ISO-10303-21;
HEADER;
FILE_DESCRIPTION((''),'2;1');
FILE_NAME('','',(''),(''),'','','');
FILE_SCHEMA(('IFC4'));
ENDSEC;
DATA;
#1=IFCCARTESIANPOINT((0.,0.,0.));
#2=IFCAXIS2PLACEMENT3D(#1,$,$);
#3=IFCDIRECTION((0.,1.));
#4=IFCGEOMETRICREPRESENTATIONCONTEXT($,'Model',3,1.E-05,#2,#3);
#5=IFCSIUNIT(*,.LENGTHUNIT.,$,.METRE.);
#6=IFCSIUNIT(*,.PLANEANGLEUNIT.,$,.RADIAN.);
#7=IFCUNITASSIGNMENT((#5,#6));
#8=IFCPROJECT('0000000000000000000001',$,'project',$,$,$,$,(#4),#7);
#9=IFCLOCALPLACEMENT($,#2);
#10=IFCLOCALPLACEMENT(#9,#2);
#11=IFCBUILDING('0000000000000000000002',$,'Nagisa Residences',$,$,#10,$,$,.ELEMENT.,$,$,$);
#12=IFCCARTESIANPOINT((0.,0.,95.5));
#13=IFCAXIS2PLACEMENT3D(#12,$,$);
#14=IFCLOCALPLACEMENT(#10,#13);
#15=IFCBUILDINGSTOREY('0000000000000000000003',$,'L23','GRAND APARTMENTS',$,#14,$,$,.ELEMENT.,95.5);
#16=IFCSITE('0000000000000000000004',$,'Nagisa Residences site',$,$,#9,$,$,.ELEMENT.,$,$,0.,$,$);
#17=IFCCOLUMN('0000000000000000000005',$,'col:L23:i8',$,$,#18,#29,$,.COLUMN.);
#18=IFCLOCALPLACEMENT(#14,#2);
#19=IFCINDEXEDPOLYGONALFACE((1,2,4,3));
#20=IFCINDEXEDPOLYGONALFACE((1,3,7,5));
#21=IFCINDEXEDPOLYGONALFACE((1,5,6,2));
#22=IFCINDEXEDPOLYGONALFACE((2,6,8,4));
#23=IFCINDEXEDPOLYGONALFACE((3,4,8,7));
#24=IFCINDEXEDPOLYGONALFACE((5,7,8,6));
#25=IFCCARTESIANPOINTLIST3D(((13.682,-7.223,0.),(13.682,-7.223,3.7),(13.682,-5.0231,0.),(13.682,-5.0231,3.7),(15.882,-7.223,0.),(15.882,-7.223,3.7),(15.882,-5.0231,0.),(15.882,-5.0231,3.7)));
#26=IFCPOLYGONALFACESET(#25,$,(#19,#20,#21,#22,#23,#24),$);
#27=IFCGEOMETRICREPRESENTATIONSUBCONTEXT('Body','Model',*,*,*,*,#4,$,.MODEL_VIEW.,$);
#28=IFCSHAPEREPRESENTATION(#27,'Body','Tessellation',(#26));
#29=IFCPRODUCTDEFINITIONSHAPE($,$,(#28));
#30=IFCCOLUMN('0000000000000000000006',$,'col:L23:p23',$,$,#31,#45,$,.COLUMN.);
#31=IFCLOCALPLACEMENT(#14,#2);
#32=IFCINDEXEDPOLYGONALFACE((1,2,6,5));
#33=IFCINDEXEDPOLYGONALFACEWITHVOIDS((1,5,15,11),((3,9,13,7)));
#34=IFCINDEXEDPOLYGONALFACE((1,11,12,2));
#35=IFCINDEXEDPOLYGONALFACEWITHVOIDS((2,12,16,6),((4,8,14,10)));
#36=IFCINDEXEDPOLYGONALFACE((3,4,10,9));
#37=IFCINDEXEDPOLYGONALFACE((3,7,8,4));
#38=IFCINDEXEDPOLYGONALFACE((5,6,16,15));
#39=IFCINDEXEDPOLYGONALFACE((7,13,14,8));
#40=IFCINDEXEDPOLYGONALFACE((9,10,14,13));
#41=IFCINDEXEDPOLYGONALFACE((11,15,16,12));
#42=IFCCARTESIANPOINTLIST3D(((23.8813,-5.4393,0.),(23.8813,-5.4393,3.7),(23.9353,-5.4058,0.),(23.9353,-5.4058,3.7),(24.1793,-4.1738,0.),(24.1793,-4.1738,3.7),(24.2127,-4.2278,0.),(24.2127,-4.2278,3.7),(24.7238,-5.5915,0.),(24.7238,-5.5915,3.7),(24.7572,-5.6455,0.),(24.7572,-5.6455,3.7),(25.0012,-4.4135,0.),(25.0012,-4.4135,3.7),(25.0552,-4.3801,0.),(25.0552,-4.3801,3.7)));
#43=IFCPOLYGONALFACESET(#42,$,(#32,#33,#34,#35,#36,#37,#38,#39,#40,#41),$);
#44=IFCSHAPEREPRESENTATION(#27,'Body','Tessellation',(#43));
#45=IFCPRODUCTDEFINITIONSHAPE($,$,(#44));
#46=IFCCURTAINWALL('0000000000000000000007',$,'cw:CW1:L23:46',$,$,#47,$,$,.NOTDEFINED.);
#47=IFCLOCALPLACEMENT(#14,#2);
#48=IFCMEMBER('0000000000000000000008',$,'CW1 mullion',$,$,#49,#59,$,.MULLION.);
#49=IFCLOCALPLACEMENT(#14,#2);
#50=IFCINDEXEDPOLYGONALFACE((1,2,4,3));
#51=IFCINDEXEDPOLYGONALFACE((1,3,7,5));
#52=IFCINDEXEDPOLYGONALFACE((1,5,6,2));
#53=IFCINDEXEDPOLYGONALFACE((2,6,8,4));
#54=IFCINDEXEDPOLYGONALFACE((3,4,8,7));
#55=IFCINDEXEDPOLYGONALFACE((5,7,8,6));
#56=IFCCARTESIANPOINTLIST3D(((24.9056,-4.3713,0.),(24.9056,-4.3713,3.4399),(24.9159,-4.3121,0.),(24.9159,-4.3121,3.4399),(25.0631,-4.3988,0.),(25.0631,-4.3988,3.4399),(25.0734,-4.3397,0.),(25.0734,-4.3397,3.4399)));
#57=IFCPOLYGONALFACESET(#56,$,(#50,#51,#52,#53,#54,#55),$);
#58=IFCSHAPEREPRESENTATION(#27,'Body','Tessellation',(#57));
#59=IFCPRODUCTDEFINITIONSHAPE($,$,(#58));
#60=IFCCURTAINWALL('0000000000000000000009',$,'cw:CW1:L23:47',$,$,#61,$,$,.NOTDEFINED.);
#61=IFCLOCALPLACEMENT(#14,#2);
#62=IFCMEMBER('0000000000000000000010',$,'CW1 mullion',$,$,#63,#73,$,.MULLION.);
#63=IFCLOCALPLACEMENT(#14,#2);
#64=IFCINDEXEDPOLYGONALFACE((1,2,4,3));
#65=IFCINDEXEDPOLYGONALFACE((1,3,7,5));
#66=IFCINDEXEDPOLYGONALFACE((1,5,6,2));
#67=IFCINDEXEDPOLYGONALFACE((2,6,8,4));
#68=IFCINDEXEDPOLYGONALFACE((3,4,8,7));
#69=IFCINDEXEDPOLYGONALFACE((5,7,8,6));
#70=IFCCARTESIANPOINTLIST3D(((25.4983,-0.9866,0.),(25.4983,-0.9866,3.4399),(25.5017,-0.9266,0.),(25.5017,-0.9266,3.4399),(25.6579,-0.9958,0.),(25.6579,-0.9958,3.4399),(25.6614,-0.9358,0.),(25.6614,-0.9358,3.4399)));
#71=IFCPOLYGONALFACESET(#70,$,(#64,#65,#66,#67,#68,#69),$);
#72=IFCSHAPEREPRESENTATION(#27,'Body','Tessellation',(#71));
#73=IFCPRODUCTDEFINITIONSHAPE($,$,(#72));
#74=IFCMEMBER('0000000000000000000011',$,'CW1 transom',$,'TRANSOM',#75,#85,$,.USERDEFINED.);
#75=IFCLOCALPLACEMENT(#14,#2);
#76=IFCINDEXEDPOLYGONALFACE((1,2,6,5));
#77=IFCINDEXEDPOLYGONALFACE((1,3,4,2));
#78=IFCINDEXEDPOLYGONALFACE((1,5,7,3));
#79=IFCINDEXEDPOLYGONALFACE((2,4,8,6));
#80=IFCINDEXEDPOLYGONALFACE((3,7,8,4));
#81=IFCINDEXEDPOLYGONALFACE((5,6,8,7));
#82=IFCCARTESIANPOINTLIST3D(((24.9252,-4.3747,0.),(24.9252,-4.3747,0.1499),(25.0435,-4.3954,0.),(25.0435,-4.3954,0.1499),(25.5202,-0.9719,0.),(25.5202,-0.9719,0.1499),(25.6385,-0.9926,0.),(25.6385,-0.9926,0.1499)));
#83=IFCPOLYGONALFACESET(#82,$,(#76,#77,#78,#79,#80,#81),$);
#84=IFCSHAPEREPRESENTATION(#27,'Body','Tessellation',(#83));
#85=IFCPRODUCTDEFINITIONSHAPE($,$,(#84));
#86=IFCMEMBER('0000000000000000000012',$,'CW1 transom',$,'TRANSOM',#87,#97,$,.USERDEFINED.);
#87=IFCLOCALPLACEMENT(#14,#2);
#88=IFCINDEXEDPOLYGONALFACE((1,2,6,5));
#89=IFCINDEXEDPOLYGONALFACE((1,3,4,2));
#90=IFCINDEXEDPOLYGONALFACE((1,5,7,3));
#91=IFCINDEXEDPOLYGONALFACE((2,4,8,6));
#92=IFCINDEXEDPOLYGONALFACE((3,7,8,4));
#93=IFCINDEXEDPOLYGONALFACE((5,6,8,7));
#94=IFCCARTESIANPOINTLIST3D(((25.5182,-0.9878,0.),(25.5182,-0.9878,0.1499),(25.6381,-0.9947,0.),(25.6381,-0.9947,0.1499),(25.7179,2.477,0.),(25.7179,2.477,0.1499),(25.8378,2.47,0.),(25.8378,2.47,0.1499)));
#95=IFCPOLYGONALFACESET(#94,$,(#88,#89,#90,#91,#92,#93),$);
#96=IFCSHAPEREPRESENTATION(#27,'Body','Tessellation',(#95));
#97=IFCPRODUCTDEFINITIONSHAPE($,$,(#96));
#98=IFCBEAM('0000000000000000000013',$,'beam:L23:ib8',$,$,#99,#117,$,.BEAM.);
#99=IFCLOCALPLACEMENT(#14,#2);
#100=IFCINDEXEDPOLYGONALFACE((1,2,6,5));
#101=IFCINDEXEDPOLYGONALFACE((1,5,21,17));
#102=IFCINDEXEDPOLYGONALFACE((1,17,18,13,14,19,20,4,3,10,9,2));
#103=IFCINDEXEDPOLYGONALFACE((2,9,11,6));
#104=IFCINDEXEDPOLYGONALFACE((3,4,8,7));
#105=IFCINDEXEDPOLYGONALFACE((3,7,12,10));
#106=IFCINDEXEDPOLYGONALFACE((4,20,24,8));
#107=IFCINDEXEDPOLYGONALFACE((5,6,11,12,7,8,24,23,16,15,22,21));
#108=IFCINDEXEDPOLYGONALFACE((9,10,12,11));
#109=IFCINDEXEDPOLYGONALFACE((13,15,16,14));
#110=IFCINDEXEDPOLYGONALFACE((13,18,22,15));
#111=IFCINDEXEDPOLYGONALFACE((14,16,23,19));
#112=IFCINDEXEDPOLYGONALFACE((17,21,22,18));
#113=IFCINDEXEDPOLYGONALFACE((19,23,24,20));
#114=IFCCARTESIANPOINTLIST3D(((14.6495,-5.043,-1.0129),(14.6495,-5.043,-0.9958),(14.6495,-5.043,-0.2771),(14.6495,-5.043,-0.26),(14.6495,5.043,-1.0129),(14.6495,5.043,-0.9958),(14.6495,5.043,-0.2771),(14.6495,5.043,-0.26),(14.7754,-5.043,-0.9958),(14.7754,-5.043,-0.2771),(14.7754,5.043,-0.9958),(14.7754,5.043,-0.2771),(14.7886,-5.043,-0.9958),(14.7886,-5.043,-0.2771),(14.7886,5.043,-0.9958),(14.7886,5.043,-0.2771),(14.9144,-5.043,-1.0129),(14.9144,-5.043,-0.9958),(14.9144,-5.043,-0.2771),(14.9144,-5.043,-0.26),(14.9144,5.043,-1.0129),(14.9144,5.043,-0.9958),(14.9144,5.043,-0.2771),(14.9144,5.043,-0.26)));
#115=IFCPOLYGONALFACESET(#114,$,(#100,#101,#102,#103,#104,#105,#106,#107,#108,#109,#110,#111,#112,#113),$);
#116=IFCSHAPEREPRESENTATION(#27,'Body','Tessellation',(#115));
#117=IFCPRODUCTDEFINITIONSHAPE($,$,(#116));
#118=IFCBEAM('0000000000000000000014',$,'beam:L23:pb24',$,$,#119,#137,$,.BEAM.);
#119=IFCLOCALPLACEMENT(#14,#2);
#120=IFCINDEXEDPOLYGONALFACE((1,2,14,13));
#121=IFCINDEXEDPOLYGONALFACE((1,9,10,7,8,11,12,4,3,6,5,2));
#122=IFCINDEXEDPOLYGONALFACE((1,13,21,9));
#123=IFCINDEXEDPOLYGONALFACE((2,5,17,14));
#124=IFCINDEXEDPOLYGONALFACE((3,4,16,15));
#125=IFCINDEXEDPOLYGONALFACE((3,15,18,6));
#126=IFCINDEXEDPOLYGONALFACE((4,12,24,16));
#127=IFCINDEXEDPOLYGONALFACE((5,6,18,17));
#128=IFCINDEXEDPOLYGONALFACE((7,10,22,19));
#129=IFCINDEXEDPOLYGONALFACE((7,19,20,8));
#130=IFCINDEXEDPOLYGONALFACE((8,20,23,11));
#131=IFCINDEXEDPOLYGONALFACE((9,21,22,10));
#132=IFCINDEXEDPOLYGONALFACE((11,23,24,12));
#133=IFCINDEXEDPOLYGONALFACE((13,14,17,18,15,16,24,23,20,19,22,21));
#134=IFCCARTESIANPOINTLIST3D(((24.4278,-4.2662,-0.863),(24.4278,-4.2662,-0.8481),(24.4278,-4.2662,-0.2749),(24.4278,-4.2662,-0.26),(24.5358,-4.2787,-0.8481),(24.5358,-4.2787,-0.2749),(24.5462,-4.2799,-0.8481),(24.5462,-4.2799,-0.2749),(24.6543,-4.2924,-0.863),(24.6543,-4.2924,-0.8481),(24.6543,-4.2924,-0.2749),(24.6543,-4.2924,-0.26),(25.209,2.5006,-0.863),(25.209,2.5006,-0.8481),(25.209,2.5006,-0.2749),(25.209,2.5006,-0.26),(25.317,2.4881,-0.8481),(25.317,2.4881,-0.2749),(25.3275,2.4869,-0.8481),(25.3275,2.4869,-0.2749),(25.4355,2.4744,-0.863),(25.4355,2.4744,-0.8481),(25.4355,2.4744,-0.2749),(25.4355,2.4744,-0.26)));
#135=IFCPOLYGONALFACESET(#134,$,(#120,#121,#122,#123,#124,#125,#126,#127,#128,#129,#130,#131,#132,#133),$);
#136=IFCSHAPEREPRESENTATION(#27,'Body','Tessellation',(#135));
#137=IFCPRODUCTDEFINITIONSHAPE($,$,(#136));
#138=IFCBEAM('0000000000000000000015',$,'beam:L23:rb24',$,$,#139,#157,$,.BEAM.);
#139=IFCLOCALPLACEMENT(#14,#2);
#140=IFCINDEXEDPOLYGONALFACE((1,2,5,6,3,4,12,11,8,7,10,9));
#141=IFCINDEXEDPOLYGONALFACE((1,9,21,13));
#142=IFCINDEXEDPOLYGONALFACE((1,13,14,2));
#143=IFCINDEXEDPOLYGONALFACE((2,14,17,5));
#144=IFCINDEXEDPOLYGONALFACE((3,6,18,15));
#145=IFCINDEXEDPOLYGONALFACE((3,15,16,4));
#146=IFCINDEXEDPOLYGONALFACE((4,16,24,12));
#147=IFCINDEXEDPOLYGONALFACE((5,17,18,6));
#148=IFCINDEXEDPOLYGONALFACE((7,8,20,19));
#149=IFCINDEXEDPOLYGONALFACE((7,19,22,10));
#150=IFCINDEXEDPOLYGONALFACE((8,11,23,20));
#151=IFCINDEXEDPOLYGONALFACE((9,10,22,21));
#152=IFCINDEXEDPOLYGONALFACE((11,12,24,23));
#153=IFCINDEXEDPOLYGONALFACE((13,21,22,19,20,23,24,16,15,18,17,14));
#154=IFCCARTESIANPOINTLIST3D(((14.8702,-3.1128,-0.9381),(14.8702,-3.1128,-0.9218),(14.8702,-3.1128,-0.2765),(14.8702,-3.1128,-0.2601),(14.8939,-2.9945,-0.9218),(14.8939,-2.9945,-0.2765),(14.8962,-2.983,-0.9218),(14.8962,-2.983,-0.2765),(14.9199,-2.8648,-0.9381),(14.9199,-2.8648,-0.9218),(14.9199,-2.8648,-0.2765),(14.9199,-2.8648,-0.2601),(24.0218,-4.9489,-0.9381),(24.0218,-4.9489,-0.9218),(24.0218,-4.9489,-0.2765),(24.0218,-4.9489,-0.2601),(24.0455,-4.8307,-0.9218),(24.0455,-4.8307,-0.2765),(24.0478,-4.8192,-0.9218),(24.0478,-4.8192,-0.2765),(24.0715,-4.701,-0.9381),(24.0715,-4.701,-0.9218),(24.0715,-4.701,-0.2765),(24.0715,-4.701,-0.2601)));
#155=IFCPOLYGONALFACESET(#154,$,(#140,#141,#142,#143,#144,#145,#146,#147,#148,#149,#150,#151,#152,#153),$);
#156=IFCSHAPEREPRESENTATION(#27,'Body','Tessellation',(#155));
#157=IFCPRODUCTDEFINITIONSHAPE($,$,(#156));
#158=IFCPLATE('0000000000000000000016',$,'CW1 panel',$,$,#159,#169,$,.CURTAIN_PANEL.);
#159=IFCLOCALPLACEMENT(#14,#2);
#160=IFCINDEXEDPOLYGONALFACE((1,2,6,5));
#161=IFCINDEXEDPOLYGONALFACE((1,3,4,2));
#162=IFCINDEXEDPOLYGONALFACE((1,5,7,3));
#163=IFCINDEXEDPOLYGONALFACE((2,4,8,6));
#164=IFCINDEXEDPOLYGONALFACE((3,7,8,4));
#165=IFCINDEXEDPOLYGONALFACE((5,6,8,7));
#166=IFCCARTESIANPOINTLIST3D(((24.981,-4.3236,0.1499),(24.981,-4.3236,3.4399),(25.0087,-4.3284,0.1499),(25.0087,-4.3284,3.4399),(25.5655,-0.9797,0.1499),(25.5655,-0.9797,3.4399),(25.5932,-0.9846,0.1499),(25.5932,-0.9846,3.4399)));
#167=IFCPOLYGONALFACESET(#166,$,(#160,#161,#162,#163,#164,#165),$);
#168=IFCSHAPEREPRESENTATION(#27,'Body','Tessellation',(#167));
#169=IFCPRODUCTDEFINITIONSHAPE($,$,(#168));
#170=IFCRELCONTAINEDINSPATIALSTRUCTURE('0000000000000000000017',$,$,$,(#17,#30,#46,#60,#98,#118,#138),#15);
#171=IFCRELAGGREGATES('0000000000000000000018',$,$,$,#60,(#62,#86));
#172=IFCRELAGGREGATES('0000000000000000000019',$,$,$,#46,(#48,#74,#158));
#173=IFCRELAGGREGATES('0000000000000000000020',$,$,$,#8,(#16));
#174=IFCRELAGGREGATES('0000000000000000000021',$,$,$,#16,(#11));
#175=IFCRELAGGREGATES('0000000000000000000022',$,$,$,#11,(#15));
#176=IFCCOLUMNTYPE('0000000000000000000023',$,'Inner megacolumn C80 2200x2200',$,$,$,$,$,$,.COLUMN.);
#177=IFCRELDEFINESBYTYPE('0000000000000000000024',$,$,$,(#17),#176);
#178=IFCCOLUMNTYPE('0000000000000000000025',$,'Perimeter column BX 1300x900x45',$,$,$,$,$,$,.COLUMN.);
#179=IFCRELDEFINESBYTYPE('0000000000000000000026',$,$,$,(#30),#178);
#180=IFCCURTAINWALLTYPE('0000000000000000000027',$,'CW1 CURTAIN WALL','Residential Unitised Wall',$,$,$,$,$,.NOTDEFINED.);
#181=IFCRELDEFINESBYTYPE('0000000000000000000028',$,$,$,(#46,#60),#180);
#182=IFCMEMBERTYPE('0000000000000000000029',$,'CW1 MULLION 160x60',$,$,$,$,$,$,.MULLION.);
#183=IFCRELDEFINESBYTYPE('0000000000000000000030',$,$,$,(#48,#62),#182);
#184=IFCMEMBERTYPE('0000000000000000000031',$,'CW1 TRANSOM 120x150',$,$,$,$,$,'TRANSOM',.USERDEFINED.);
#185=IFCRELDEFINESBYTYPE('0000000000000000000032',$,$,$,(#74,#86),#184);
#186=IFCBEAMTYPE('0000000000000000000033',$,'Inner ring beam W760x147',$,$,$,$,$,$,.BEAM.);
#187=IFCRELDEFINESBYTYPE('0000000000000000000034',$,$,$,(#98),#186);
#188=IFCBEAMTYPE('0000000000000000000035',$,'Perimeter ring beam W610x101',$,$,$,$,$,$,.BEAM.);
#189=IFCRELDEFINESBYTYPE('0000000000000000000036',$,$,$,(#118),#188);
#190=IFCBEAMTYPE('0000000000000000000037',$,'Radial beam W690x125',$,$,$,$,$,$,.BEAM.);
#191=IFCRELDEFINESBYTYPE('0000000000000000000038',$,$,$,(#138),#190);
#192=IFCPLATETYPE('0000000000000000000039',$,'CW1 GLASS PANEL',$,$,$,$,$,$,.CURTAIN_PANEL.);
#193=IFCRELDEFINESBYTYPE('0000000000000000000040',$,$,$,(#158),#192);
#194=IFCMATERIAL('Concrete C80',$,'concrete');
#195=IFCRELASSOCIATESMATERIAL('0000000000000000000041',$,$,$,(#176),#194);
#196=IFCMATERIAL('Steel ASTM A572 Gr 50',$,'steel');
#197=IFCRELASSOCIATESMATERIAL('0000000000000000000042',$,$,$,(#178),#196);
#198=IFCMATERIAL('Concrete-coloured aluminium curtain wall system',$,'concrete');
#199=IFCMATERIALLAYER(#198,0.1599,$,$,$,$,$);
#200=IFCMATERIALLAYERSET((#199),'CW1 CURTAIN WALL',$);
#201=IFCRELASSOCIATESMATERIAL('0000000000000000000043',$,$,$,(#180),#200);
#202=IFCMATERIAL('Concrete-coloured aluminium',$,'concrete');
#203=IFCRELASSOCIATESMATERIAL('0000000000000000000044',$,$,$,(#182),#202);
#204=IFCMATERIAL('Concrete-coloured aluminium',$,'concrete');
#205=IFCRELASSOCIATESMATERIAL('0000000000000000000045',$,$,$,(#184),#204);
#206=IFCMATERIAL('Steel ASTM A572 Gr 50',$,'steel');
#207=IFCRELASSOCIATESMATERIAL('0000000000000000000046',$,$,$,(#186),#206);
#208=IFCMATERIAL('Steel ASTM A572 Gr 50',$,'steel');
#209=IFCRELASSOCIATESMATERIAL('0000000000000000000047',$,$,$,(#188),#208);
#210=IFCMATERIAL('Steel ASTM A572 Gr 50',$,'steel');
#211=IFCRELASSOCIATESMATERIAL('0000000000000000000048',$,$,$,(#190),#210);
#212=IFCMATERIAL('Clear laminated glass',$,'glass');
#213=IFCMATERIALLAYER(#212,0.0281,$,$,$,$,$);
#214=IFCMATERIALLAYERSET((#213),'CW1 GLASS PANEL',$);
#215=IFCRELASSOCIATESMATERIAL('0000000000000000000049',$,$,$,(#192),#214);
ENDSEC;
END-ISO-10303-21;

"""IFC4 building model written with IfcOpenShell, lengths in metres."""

from ifc_helpers import new_model, si_unit, direction, frame, origin, origin_2d, place, context, subcontext, project, spatial, rectangle, hollow_rectangle, i_section, extrude, material, layer, layer_set, material_profile, profile_set, type_object, element, aggregate, save


model = new_model("IFC4")

# Units and contexts
model_context = context("Model", 3, precision=1e-05, world=origin(), true_north=direction((0.0, 1.0)))
body_context = subcontext(model_context, "Body", "Model", "MODEL_VIEW")
ifc_project = project(units=[si_unit("LENGTHUNIT", "METRE"), si_unit("PLANEANGLEUNIT", "RADIAN")], contexts=[model_context])

# Site, building, storey
site_placement = place(None, origin())
site = spatial("IfcSite", under=ifc_project, at=site_placement, Name="Nagisa Residences site", CompositionType="ELEMENT", RefElevation=0.0)
building_placement = place(site_placement, origin())
building = spatial("IfcBuilding", under=site, at=building_placement, Name="Nagisa Residences", CompositionType="ELEMENT")
storey_placement = place(building_placement, frame((0.0, 0.0, 95.5)))
storey = spatial("IfcBuildingStorey", under=building, at=storey_placement, Name="L23", Description="GRAND APARTMENTS", CompositionType="ELEMENT", Elevation=95.5)

# Columns
ifc_material_1 = material(Name="Concrete C80", Category="concrete")
ifc_material_profile_1 = material_profile(ifc_material_1, rectangle(XDim=2.2, YDim=2.2, at=origin_2d()), Name="C80 2200x2200")
ifc_profile_set_1 = profile_set([ifc_material_profile_1], Name="Concrete C80")
column_type_1 = type_object("IfcColumnType", Name="Inner megacolumn C80 2200x2200", PredefinedType="COLUMN", material=ifc_profile_set_1)
column_1_placement = place(storey_placement, frame((14.782, -6.123, 0.0), z_axis=(0.0, 0.0, 1.0), x_axis=(1.0, 0.0, 0.0)))
element("IfcColumn", 1, at=column_1_placement, inside=storey, type_object=column_type_1, Name="col:L23:i8", PredefinedType="COLUMN", context=body_context, shape_type="SweptSolid", body=[
    extrude(rectangle(XDim=2.2, YDim=2.2, at=origin_2d()), origin(), (0.0, 0.0, 1.0), 3.7),
])
ifc_material_2 = material(Name="Steel ASTM A572 Gr 50", Category="steel")
ifc_material_profile_2 = material_profile(ifc_material_2, hollow_rectangle(XDim=1.3, YDim=0.8999, WallThickness=0.0449, at=origin_2d()), Name="BX 1300x900x45")
ifc_profile_set_2 = profile_set([ifc_material_profile_2], Name="Steel ASTM A572 Gr 50")
column_type_2 = type_object("IfcColumnType", Name="Perimeter column BX 1300x900x45", PredefinedType="COLUMN", material=ifc_profile_set_2)
column_2_placement = place(storey_placement, frame((24.4683, -4.9097, 0.0), z_axis=(0.0, 0.0, 1.0), x_axis=(0.229202, 0.973379, 0.0)))
element("IfcColumn", 2, at=column_2_placement, inside=storey, type_object=column_type_2, Name="col:L23:p23", PredefinedType="COLUMN", context=body_context, shape_type="SweptSolid", body=[
    extrude(hollow_rectangle(XDim=1.3, YDim=0.8999, WallThickness=0.0449, at=origin_2d()), origin(), (0.0, 0.0, 1.0), 3.7),
])

# Curtain walls, members
ifc_material_3 = material(Name="Concrete-coloured aluminium curtain wall system", Category="concrete")
ifc_layer_1 = layer(ifc_material_3, 0.1599)
ifc_layer_set_1 = layer_set([ifc_layer_1], Name="CW1 CURTAIN WALL")
curtain_wall_type = type_object("IfcCurtainWallType", Name="CW1 CURTAIN WALL", Description="Residential Unitised Wall", PredefinedType="NOTDEFINED", material=ifc_layer_set_1)
curtain_wall_1_placement = place(storey_placement, origin())
curtain_wall_1 = element("IfcCurtainWall", 3, at=curtain_wall_1_placement, inside=storey, type_object=curtain_wall_type, Name="cw:CW1:L23:46", PredefinedType="NOTDEFINED")
ifc_material_4 = material(Name="Concrete-coloured aluminium", Category="concrete")
ifc_material_profile_3 = material_profile(ifc_material_4, rectangle(XDim=0.1599, YDim=0.0601, at=origin_2d()), Name="CW1 MULLION 160x60")
ifc_profile_set_3 = profile_set([ifc_material_profile_3], Name="Concrete-coloured aluminium")
member_type_1 = type_object("IfcMemberType", Name="CW1 MULLION 160x60", PredefinedType="MULLION", material=ifc_profile_set_3)
member_1_placement = place(storey_placement, frame((24.9895, -4.3555, 0.0), z_axis=(0.0, 0.0, 1.0), x_axis=(-0.985064, 0.172191, 0.0)))
member_1 = element("IfcMember", 4, at=member_1_placement, type_object=member_type_1, Name="CW1 mullion", PredefinedType="MULLION", context=body_context, shape_type="SweptSolid", body=[
    extrude(rectangle(XDim=0.1599, YDim=0.0601, at=origin_2d()), origin(), (0.0, 0.0, 1.0), 3.4399),
])
curtain_wall_2_placement = place(storey_placement, origin())
curtain_wall_2 = element("IfcCurtainWall", 5, at=curtain_wall_2_placement, inside=storey, type_object=curtain_wall_type, Name="cw:CW1:L23:47", PredefinedType="NOTDEFINED")
member_2_placement = place(storey_placement, frame((25.5798, -0.9612, 0.0), z_axis=(0.0, 0.0, 1.0), x_axis=(-0.998345, 0.057503, 0.0)))
member_2 = element("IfcMember", 6, at=member_2_placement, type_object=member_type_1, Name="CW1 mullion", PredefinedType="MULLION", context=body_context, shape_type="SweptSolid", body=[
    extrude(rectangle(XDim=0.1599, YDim=0.0601, at=origin_2d()), origin(), (0.0, 0.0, 1.0), 3.4399),
])

# Members
ifc_material_5 = material(Name="Concrete-coloured aluminium", Category="concrete")
ifc_material_profile_4 = material_profile(ifc_material_5, rectangle(XDim=0.1201, YDim=0.1499, at=origin_2d()), Name="CW1 TRANSOM 120x150")
ifc_profile_set_4 = profile_set([ifc_material_profile_4], Name="Concrete-coloured aluminium")
member_type_2 = type_object("IfcMemberType", Name="CW1 TRANSOM 120x150", ElementType="TRANSOM", PredefinedType="USERDEFINED", material=ifc_profile_set_4)
member_3_placement = place(storey_placement, frame((24.9844, -4.385, 0.075), z_axis=(0.172233, 0.985056, 0.0), x_axis=(-0.985056, 0.172233, 0.0)))
member_3 = element("IfcMember", 7, at=member_3_placement, type_object=member_type_2, Name="CW1 transom", ObjectType="TRANSOM", PredefinedType="USERDEFINED", context=body_context, shape_type="SweptSolid", body=[
    extrude(rectangle(XDim=0.1201, YDim=0.1499, at=origin_2d()), origin(), (0.0, 0.0, 1.0), 3.4543),
])
member_4_placement = place(storey_placement, frame((25.5781, -0.9912, 0.075), z_axis=(0.057547, 0.998343, 0.0), x_axis=(-0.998343, 0.057547, 0.0)))
member_4 = element("IfcMember", 8, at=member_4_placement, type_object=member_type_2, Name="CW1 transom", ObjectType="TRANSOM", PredefinedType="USERDEFINED", context=body_context, shape_type="SweptSolid", body=[
    extrude(rectangle(XDim=0.1201, YDim=0.1499, at=origin_2d()), origin(), (0.0, 0.0, 1.0), 3.4705),
])
aggregate(curtain_wall_2, [member_2, member_4])

# Beams
ifc_material_6 = material(Name="Steel ASTM A572 Gr 50", Category="steel")
ifc_material_profile_5 = material_profile(ifc_material_6, i_section(OverallWidth=0.2649, OverallDepth=0.7529, WebThickness=0.0132, FlangeThickness=0.0171, at=origin_2d()), Name="W760x147")
ifc_profile_set_5 = profile_set([ifc_material_profile_5], Name="Steel ASTM A572 Gr 50")
beam_type_1 = type_object("IfcBeamType", Name="Inner ring beam W760x147", PredefinedType="BEAM", material=ifc_profile_set_5)
beam_1_placement = place(storey_placement, frame((14.782, -5.043, -0.6365), z_axis=(0.0, 1.0, 0.0), x_axis=(-1.0, 0.0, 0.0)))
element("IfcBeam", 9, at=beam_1_placement, inside=storey, type_object=beam_type_1, Name="beam:L23:ib8", PredefinedType="BEAM", context=body_context, shape_type="SweptSolid", body=[
    extrude(i_section(OverallWidth=0.2649, OverallDepth=0.7529, WebThickness=0.0132, FlangeThickness=0.0171, at=origin_2d()), origin(), (0.0, 0.0, 1.0), 10.0859),
])
ifc_material_7 = material(Name="Steel ASTM A572 Gr 50", Category="steel")
ifc_material_profile_6 = material_profile(ifc_material_7, i_section(OverallWidth=0.228, OverallDepth=0.603, WebThickness=0.0105, FlangeThickness=0.0149, at=origin_2d()), Name="W610x101")
ifc_profile_set_6 = profile_set([ifc_material_profile_6], Name="Steel ASTM A572 Gr 50")
beam_type_2 = type_object("IfcBeamType", Name="Perimeter ring beam W610x101", PredefinedType="BEAM", material=ifc_profile_set_6)
beam_2_placement = place(storey_placement, frame((24.541, -4.2793, -0.5615), z_axis=(0.114691, 0.993401, 0.0), x_axis=(-0.993401, 0.114691, 0.0)))
element("IfcBeam", 10, at=beam_2_placement, inside=storey, type_object=beam_type_2, Name="beam:L23:pb24", PredefinedType="BEAM", context=body_context, shape_type="SweptSolid", body=[
    extrude(i_section(OverallWidth=0.228, OverallDepth=0.603, WebThickness=0.0105, FlangeThickness=0.0149, at=origin_2d()), origin(), (0.0, 0.0, 1.0), 6.8118),
])
ifc_material_8 = material(Name="Steel ASTM A572 Gr 50", Category="steel")
ifc_material_profile_7 = material_profile(ifc_material_8, i_section(OverallWidth=0.2529, OverallDepth=0.678, WebThickness=0.0117, FlangeThickness=0.0164, at=origin_2d()), Name="W690x125")
ifc_profile_set_7 = profile_set([ifc_material_profile_7], Name="Steel ASTM A572 Gr 50")
beam_type_3 = type_object("IfcBeamType", Name="Radial beam W690x125", PredefinedType="BEAM", material=ifc_profile_set_7)
beam_3_placement = place(storey_placement, frame((24.0466, -4.825, -0.5991), z_axis=(-0.98046, 0.19672, 0.0), x_axis=(-0.19672, -0.98046, 0.0)))
element("IfcBeam", 11, at=beam_3_placement, inside=storey, type_object=beam_type_3, Name="beam:L23:rb24", PredefinedType="BEAM", context=body_context, shape_type="SweptSolid", body=[
    extrude(i_section(OverallWidth=0.2529, OverallDepth=0.678, WebThickness=0.0117, FlangeThickness=0.0164, at=origin_2d()), origin(), (0.0, 0.0, 1.0), 9.334),
])

# Plate
ifc_material_9 = material(Name="Clear laminated glass", Category="glass")
ifc_layer_2 = layer(ifc_material_9, 0.0281)
ifc_layer_set_2 = layer_set([ifc_layer_2], Name="CW1 GLASS PANEL")
plate_type = type_object("IfcPlateType", Name="CW1 GLASS PANEL", PredefinedType="CURTAIN_PANEL", material=ifc_layer_set_2)
plate_placement = place(storey_placement, frame((25.2871, -2.6541, 0.1499), z_axis=(0.0, 0.0, 1.0), x_axis=(0.172191, 0.985064, 0.0)))
plate = element("IfcPlate", 12, at=plate_placement, type_object=plate_type, Name="CW1 panel", PredefinedType="CURTAIN_PANEL", context=body_context, shape_type="SweptSolid", body=[
    extrude(rectangle(XDim=3.3945, YDim=0.0281, at=origin_2d()), origin(), (0.0, 0.0, 1.0), 3.29),
])
aggregate(curtain_wall_1, [member_1, member_3, plate])

save(model, "model.ifc")
